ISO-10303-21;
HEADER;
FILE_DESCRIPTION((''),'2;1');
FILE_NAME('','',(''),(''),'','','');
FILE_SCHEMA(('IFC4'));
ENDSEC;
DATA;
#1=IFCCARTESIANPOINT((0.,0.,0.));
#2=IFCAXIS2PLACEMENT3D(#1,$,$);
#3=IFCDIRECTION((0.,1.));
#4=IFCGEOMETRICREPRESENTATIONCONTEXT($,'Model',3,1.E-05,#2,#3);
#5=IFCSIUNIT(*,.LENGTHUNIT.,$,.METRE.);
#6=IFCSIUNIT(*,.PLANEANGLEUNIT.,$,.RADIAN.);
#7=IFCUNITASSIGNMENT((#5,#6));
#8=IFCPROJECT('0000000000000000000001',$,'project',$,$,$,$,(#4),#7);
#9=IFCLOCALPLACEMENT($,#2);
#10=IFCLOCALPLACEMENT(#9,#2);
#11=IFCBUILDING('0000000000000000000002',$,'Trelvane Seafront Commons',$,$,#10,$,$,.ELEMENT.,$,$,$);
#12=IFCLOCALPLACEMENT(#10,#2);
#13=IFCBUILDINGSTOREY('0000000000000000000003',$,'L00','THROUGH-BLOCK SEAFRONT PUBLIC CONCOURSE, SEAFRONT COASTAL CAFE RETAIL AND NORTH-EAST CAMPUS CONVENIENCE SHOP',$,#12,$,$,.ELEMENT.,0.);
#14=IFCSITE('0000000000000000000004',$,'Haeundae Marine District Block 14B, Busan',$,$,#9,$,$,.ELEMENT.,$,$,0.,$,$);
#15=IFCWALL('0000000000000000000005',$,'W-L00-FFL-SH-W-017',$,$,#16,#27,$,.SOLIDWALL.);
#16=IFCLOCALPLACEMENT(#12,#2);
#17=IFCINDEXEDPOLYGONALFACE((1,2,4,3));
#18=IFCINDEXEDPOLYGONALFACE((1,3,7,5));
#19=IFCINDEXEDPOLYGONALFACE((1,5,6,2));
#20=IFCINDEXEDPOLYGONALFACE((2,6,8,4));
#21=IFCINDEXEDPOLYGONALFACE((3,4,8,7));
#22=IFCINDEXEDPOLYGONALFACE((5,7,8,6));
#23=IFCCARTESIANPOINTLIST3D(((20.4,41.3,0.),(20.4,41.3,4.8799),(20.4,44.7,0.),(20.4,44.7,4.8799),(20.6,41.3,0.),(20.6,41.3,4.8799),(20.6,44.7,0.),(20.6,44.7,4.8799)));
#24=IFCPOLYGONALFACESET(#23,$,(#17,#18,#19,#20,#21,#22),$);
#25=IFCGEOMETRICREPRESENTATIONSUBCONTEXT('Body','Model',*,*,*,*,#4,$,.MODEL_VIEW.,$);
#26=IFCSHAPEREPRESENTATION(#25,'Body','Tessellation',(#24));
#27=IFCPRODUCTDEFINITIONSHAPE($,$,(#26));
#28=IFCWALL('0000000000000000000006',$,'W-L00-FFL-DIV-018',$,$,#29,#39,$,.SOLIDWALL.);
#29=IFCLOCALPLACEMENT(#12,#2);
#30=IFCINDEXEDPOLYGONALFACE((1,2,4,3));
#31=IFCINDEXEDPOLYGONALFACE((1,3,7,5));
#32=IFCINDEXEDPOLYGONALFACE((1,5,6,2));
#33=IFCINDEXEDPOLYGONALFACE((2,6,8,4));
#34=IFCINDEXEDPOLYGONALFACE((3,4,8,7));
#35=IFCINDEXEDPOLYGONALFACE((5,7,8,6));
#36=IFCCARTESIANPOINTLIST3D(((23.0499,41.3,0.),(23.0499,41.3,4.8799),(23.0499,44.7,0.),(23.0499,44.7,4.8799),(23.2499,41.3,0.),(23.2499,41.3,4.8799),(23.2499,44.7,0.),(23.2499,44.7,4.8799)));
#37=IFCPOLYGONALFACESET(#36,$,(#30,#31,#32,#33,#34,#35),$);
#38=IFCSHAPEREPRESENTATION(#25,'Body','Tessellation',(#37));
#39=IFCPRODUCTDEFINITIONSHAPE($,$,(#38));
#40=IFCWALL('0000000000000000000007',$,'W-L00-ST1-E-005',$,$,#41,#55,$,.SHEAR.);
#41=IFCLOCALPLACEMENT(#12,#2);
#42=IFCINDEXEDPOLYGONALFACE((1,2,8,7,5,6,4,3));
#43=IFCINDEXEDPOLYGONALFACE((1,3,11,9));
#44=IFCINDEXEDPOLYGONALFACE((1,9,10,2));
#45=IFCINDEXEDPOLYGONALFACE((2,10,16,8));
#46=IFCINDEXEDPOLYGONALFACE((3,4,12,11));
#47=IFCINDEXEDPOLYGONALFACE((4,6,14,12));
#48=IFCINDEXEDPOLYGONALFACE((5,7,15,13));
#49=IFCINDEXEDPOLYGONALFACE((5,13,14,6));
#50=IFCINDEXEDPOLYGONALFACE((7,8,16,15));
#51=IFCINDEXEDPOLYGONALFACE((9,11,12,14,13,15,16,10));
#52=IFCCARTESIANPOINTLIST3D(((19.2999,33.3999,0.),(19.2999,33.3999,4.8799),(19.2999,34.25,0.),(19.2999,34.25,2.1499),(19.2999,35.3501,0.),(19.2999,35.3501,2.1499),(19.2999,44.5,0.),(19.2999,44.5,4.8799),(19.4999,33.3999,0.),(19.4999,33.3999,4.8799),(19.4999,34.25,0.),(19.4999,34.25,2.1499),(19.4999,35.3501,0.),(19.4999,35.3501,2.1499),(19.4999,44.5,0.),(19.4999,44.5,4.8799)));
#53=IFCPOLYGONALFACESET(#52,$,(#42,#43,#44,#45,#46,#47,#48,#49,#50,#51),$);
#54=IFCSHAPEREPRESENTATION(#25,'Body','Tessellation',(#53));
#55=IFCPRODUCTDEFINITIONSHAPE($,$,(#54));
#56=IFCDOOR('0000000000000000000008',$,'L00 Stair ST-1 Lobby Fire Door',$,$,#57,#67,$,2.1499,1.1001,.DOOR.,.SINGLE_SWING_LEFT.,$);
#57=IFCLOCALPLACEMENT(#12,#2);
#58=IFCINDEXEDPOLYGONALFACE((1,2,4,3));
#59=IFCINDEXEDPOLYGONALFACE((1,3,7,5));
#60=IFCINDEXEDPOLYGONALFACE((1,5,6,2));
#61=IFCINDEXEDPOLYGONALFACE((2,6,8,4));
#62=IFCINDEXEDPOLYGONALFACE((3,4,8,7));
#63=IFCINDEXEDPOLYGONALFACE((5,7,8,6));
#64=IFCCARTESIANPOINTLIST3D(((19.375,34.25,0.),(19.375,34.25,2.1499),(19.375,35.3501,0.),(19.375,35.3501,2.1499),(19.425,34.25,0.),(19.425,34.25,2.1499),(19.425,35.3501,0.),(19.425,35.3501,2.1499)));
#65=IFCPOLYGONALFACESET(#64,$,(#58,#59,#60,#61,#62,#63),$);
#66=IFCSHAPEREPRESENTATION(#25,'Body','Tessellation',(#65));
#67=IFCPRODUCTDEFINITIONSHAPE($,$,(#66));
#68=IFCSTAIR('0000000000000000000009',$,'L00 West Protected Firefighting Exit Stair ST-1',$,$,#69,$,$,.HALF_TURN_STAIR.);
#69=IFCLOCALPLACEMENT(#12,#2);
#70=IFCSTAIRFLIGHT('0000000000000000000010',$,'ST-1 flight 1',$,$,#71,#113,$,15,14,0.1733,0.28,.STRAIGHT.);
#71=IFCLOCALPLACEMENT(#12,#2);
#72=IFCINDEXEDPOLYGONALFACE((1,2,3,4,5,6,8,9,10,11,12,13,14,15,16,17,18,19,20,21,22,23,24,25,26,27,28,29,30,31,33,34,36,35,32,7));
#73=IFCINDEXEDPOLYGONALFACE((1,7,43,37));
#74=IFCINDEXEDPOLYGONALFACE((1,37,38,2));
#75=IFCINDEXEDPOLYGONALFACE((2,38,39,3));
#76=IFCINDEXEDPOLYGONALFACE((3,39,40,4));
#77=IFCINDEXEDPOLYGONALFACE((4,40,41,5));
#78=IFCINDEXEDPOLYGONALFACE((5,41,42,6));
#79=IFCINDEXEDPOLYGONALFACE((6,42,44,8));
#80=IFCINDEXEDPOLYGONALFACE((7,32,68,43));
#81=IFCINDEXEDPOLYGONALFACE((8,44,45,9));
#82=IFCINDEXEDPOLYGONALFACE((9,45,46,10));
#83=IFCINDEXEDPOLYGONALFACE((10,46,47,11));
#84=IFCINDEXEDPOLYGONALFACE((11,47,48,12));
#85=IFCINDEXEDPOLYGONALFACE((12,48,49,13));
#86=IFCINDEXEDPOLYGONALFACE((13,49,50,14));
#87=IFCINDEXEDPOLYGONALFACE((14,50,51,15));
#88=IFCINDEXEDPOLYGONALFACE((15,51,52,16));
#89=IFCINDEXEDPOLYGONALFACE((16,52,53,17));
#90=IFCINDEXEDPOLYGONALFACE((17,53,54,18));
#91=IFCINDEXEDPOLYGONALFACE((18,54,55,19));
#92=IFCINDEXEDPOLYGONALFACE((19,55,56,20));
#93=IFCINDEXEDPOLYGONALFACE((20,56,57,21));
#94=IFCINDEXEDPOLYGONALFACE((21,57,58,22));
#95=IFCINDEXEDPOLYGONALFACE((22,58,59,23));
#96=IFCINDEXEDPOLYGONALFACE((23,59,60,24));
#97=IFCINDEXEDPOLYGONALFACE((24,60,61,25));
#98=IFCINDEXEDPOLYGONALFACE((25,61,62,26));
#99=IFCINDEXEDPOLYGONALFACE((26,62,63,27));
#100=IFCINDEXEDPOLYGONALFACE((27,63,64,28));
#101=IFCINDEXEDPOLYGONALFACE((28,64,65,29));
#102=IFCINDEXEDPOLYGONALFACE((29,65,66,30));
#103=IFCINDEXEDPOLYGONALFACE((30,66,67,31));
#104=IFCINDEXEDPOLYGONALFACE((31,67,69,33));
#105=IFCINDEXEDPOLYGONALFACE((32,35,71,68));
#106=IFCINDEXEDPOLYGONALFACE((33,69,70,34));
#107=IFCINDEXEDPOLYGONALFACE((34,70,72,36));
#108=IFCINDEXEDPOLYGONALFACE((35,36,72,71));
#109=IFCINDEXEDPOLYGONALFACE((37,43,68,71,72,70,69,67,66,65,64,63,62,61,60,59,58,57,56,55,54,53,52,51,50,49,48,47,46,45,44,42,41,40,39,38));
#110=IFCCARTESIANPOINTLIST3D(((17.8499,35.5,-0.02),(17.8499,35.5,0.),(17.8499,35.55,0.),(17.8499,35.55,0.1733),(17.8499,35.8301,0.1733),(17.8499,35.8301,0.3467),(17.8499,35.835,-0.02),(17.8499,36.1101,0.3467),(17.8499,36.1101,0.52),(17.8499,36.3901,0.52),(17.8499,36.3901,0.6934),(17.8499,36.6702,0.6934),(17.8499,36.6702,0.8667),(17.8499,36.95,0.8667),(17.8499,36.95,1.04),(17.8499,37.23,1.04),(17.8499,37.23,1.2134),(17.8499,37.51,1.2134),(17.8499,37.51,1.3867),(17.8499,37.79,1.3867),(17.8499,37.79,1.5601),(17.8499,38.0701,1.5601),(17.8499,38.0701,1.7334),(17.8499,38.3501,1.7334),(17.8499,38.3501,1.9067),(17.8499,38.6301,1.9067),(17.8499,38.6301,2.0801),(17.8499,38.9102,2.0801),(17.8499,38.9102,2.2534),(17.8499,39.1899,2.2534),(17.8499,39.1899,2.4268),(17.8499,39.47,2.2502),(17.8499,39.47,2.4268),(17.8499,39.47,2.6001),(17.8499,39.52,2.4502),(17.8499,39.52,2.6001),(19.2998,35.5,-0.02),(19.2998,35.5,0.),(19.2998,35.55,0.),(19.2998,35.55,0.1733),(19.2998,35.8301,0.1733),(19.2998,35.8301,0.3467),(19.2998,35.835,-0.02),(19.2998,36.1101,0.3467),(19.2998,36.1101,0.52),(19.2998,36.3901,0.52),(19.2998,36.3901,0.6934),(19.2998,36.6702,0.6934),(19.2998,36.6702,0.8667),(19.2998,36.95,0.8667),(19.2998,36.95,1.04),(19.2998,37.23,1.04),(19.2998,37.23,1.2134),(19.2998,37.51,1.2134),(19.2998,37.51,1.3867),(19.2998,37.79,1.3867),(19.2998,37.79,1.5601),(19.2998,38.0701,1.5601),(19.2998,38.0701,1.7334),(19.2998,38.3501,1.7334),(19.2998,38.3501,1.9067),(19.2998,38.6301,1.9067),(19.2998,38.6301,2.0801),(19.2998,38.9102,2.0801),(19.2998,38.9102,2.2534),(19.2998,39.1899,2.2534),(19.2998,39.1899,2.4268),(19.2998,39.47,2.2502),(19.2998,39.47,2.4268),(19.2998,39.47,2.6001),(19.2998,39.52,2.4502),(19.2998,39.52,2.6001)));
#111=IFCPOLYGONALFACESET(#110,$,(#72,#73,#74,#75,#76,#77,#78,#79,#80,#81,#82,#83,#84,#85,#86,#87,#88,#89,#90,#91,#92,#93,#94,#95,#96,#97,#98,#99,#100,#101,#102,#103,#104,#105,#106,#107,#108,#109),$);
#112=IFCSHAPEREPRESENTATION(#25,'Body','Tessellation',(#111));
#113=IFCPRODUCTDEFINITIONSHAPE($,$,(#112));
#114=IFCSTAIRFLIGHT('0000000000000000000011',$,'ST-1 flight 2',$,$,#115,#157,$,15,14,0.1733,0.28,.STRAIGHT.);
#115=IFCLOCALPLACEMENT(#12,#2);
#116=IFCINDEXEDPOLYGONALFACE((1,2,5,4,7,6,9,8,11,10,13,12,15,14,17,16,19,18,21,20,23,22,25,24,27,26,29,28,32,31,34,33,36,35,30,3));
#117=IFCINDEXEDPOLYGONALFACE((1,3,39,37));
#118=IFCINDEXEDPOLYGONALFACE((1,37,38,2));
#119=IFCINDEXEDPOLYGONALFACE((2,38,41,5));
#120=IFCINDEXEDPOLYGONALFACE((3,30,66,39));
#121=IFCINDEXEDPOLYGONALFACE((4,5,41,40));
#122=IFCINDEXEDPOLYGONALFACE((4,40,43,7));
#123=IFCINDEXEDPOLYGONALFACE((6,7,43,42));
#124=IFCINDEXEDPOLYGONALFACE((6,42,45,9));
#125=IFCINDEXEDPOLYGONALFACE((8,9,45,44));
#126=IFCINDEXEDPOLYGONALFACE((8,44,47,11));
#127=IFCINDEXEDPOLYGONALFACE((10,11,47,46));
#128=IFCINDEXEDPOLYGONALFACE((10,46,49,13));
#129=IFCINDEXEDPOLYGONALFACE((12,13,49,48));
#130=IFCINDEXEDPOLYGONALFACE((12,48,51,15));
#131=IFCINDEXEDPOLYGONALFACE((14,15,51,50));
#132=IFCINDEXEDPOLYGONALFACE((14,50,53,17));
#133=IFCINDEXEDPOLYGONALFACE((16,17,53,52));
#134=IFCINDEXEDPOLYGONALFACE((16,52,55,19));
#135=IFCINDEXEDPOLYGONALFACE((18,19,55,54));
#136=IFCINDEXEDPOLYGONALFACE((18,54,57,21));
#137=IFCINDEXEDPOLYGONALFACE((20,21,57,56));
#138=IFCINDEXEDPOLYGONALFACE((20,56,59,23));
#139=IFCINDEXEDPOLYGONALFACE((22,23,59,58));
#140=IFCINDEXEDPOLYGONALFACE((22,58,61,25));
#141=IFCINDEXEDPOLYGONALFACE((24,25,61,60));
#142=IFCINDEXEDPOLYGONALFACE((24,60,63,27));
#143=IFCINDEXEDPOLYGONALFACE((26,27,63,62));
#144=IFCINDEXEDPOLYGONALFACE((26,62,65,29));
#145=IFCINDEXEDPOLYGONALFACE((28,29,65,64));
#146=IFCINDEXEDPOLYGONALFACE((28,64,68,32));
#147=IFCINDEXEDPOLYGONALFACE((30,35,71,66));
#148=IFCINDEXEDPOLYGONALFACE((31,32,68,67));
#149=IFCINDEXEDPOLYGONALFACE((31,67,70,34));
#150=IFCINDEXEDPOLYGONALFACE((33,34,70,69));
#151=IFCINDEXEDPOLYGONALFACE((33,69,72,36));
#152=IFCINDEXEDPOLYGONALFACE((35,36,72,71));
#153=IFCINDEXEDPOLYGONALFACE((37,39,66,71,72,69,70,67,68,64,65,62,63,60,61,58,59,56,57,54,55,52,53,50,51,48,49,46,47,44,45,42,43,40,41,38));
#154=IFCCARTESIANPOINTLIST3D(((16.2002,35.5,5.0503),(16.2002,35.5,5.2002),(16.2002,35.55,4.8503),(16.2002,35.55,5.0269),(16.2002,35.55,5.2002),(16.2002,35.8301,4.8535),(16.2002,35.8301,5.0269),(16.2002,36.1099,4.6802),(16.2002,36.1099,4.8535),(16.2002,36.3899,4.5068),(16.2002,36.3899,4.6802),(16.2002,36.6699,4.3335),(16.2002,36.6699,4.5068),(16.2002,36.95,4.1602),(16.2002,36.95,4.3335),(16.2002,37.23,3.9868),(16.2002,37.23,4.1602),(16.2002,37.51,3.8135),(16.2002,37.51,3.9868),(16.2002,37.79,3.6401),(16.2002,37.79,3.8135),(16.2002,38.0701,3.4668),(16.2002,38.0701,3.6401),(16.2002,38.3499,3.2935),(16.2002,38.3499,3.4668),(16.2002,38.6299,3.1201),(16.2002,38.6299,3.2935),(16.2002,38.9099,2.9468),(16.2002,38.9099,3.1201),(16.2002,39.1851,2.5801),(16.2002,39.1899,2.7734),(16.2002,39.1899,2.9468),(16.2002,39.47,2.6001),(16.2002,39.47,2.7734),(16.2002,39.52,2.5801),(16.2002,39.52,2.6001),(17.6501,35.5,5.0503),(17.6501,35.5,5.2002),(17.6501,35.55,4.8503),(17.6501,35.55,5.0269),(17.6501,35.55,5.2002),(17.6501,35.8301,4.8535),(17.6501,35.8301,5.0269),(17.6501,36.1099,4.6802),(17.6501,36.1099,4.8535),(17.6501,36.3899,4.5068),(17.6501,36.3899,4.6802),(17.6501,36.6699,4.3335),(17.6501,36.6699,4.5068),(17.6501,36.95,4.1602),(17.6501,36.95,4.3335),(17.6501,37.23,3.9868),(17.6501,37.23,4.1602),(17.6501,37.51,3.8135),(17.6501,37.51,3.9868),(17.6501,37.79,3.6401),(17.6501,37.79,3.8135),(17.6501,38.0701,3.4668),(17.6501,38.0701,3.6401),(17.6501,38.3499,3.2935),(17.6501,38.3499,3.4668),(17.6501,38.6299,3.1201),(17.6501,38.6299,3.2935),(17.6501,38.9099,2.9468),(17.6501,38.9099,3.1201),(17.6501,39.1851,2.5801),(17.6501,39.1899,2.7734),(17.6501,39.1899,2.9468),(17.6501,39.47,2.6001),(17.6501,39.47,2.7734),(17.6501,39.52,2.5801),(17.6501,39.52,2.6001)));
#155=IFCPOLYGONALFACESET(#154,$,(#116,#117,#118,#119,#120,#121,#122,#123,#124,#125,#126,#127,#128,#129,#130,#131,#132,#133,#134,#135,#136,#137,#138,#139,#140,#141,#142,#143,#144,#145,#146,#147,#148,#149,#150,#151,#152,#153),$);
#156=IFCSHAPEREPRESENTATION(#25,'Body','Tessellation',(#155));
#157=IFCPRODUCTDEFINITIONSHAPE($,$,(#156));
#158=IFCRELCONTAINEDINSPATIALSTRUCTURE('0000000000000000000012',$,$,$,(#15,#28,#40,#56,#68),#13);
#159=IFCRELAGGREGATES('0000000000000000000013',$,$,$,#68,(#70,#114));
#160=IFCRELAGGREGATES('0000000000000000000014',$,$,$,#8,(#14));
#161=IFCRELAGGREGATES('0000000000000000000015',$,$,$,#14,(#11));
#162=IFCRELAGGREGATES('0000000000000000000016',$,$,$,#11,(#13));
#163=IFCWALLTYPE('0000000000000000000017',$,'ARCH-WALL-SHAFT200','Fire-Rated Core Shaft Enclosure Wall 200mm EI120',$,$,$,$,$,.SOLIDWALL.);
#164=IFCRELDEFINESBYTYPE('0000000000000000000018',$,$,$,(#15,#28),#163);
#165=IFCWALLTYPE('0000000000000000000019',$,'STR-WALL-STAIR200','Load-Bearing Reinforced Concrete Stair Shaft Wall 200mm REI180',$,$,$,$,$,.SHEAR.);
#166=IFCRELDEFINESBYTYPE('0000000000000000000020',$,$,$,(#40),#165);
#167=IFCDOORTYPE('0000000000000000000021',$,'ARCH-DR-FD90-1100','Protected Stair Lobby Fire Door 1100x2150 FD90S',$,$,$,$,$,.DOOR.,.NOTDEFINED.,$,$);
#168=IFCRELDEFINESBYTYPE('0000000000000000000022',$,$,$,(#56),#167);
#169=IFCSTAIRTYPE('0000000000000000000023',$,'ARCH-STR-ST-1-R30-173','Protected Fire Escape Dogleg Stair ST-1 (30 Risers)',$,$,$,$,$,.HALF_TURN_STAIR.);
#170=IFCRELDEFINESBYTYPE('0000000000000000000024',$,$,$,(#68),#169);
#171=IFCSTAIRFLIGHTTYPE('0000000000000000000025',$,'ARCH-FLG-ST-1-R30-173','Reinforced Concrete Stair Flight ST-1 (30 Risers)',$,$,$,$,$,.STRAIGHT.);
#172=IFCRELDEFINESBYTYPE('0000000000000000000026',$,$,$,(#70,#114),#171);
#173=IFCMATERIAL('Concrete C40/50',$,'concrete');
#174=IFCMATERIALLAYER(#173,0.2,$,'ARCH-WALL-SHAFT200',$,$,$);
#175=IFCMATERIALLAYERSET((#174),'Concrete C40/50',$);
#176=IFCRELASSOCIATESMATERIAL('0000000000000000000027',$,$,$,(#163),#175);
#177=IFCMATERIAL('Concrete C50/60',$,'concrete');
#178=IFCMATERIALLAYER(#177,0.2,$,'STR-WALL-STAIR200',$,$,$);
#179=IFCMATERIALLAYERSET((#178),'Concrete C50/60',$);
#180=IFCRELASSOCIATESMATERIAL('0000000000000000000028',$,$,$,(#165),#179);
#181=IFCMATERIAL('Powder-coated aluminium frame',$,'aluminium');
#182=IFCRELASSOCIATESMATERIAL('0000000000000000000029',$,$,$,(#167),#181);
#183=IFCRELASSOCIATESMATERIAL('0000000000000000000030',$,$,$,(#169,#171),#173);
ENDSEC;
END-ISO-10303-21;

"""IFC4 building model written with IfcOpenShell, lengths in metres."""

from ifc_helpers import new_model, si_unit, direction, frame, frame_2d, origin, place, context, subcontext, project, spatial, polyline, rectangle, outline, extrude, source, transform, mapped, material, layer, layer_set, type_object, element, fill, aggregate, save


model = new_model("IFC4")

# Units and contexts
model_context = context("Model", 3, precision=1e-05, world=origin(), true_north=direction((0.0, 1.0)))
body_context = subcontext(model_context, "Body", "Model", "MODEL_VIEW")
ifc_project = project(units=[si_unit("LENGTHUNIT", "METRE"), si_unit("PLANEANGLEUNIT", "RADIAN")], contexts=[model_context])

# Site, building, storey
site_placement = place(None, origin())
site = spatial("IfcSite", under=ifc_project, at=site_placement, Name="Haeundae Marine District Block 14B, Busan", CompositionType="ELEMENT", RefElevation=0.0)
building_placement = place(site_placement, origin())
building = spatial("IfcBuilding", under=site, at=building_placement, Name="Trelvane Seafront Commons", CompositionType="ELEMENT")
storey_placement = place(building_placement, origin())
storey = spatial("IfcBuildingStorey", under=building, at=storey_placement, Name="L00", Description="THROUGH-BLOCK SEAFRONT PUBLIC CONCOURSE, SEAFRONT COASTAL CAFE RETAIL AND NORTH-EAST CAMPUS CONVENIENCE SHOP", CompositionType="ELEMENT", Elevation=0.0)

# Shared definitions
ifc_material_1 = material(Name="Concrete C40/50", Category="concrete")
ifc_material_2 = material(Name="Powder-coated aluminium frame", Category="aluminium")
shared_shape_1 = source(origin(), body_context, "Body", "SweptSolid", [
    extrude(rectangle(XDim=1.1001, YDim=2.1499, at=frame_2d((0.55, 1.075))), frame((0.0, 0.0249, 0.0), z_axis=(0.0, -1.0, 0.0), x_axis=(1.0, 0.0, 0.0)), (0.0, 0.0, 1.0), 0.05),
])

# Shared definitions
ifc_layer_1 = layer(ifc_material_1, 0.2, Name="ARCH-WALL-SHAFT200")
ifc_layer_set_1 = layer_set([ifc_layer_1], Name="Concrete C40/50")
wall_type_1 = type_object("IfcWallType", Name="ARCH-WALL-SHAFT200", Description="Fire-Rated Core Shaft Enclosure Wall 200mm EI120", PredefinedType="SOLIDWALL", material=ifc_layer_set_1)

# Walls
for number, where, z_axis, x_axis, name in (
    (1, (20.5, 41.3, 0.0), (0.0, 0.0, 1.0), (0.0, 1.0, 0.0), "W-L00-FFL-SH-W-017"),
    (2, (23.1499, 41.3, 0.0), (0.0, 0.0, 1.0), (0.0, 1.0, 0.0), "W-L00-FFL-DIV-018"),
):
    element("IfcWall", number, at=place(storey_placement, frame(where, z_axis=z_axis, x_axis=x_axis)), inside=storey, type_object=wall_type_1, Name=name, PredefinedType="SOLIDWALL", context=body_context, shape_type="SweptSolid", body=[
        extrude(rectangle(XDim=3.3999, YDim=0.2, at=frame_2d((1.7, 0.0))), origin(), (0.0, 0.0, 1.0), 4.8799),
    ])

# Wall, opening, door
ifc_material_3 = material(Name="Concrete C50/60", Category="concrete")
ifc_layer_2 = layer(ifc_material_3, 0.2, Name="STR-WALL-STAIR200")
ifc_layer_set_2 = layer_set([ifc_layer_2], Name="Concrete C50/60")
wall_type_2 = type_object("IfcWallType", Name="STR-WALL-STAIR200", Description="Load-Bearing Reinforced Concrete Stair Shaft Wall 200mm REI180", PredefinedType="SHEAR", material=ifc_layer_set_2)
wall_1_placement = place(storey_placement, frame((19.3999, 33.3999, 0.0), z_axis=(0.0, 0.0, 1.0), x_axis=(0.0, 1.0, 0.0)))
wall_1 = element("IfcWall", 3, at=wall_1_placement, inside=storey, type_object=wall_type_2, Name="W-L00-ST1-E-005", PredefinedType="SHEAR", context=body_context, shape_type="SweptSolid", body=[
    extrude(rectangle(XDim=11.1001, YDim=0.2, at=frame_2d((5.55, 0.0))), origin(), (0.0, 0.0, 1.0), 4.8799),
])
opening_1_placement = place(wall_1_placement, frame((0.8501, 0.0, 0.0)))
opening_1 = element("IfcOpeningElement", 4, at=opening_1_placement, cuts=wall_1, PredefinedType="OPENING", context=body_context, shape_type="SweptSolid", body=[
    extrude(rectangle(XDim=1.1001, YDim=2.1499, at=frame_2d((0.55, 1.075))), frame((0.0, 0.1099, 0.0), z_axis=(0.0, -1.0, 0.0), x_axis=(1.0, 0.0, 0.0)), (0.0, 0.0, 1.0), 0.22),
])
door_type_1 = type_object("IfcDoorType", Name="ARCH-DR-FD90-1100", Description="Protected Stair Lobby Fire Door 1100x2150 FD90S", OperationType="NOTDEFINED", PredefinedType="DOOR", material=ifc_material_2)
door_1_placement = place(opening_1_placement, origin())
door_1 = element("IfcDoor", 5, at=door_1_placement, inside=storey, type_object=door_type_1, Name="L00 Stair ST-1 Lobby Fire Door", OperationType="SINGLE_SWING_LEFT", OverallHeight=2.1499, OverallWidth=1.1001, PredefinedType="DOOR", context=body_context, shape_type="MappedRepresentation", body=[
    mapped(shared_shape_1, transform((0.0, 0.0, 0.0), x_axis=(1.0, 0.0, 0.0), y_axis=(0.0, 1.0, 0.0), z_axis=(0.0, 0.0, 1.0), scale=1.0)),
])
fill(opening_1, door_1)

# Stair, stair flights
stair_type = type_object("IfcStairType", Name="ARCH-STR-ST-1-R30-173", Description="Protected Fire Escape Dogleg Stair ST-1 (30 Risers)", PredefinedType="HALF_TURN_STAIR", material=ifc_material_1)
stair_placement = place(storey_placement, origin())
stair = element("IfcStair", 6, at=stair_placement, inside=storey, type_object=stair_type, Name="L00 West Protected Firefighting Exit Stair ST-1", PredefinedType="HALF_TURN_STAIR")
stair_flight_type = type_object("IfcStairFlightType", Name="ARCH-FLG-ST-1-R30-173", Description="Reinforced Concrete Stair Flight ST-1 (30 Risers)", PredefinedType="STRAIGHT", material=ifc_material_1)
shared_shape_2 = source(origin(), body_context, "Body", "SweptSolid", [
    extrude(outline(polyline([(-0.05, -0.02), (-0.05, 0.0), (0.0, 0.0), (0.0, 0.1733), (0.28, 0.1733), (0.28, 0.3467), (0.5601, 0.3467), (0.5601, 0.52), (0.8401, 0.52), (0.8401, 0.6934), (1.1201, 0.6934), (1.1201, 0.8667), (1.3999, 0.8667), (1.3999, 1.04), (1.6799, 1.04), (1.6799, 1.2134), (1.96, 1.2134), (1.96, 1.3867), (2.24, 1.3867), (2.24, 1.5601), (2.52, 1.5601), (2.52, 1.7334), (2.8, 1.7334), (2.8, 1.9067), (3.0801, 1.9067), (3.0801, 2.0801), (3.3601, 2.0801), (3.3601, 2.2534), (3.6399, 2.2534), (3.6399, 2.4268), (3.9199, 2.4268), (3.9199, 2.6001), (3.97, 2.6001), (3.97, 2.4502), (3.9199, 2.2502), (0.2849, -0.02), (-0.05, -0.02)])), frame((0.0, 0.7251, 0.0), z_axis=(0.0, -1.0, 0.0), x_axis=(1.0, 0.0, 0.0)), (0.0, 0.0, 1.0), 1.45),
])
stair_flight_1_placement = place(storey_placement, frame((18.575, 35.55, 0.0), z_axis=(0.0, 0.0, 1.0), x_axis=(0.0, 1.0, 0.0)))
stair_flight_1 = element("IfcStairFlight", 7, at=stair_flight_1_placement, type_object=stair_flight_type, Name="ST-1 flight 1", NumberOfRisers=15, NumberOfTreads=14, PredefinedType="STRAIGHT", RiserHeight=0.1733, TreadLength=0.28, context=body_context, shape_type="MappedRepresentation", body=[
    mapped(shared_shape_2, transform((0.0, 0.0, 0.0), x_axis=(1.0, 0.0, 0.0), y_axis=(0.0, 1.0, 0.0), z_axis=(0.0, 0.0, 1.0), scale=1.0)),
])
stair_flight_2_placement = place(storey_placement, frame((16.925, 39.47, 2.6001), z_axis=(0.0, 0.0, 1.0), x_axis=(0.0, -1.0, 0.0)))
stair_flight_2 = element("IfcStairFlight", 8, at=stair_flight_2_placement, type_object=stair_flight_type, Name="ST-1 flight 2", NumberOfRisers=15, NumberOfTreads=14, PredefinedType="STRAIGHT", RiserHeight=0.1733, TreadLength=0.28, context=body_context, shape_type="MappedRepresentation", body=[
    mapped(shared_shape_2, transform((0.0, 0.0, 0.0), x_axis=(1.0, 0.0, 0.0), y_axis=(0.0, 1.0, 0.0), z_axis=(0.0, 0.0, 1.0), scale=1.0)),
])
aggregate(stair, [stair_flight_1, stair_flight_2])

save(model, "model.ifc")
